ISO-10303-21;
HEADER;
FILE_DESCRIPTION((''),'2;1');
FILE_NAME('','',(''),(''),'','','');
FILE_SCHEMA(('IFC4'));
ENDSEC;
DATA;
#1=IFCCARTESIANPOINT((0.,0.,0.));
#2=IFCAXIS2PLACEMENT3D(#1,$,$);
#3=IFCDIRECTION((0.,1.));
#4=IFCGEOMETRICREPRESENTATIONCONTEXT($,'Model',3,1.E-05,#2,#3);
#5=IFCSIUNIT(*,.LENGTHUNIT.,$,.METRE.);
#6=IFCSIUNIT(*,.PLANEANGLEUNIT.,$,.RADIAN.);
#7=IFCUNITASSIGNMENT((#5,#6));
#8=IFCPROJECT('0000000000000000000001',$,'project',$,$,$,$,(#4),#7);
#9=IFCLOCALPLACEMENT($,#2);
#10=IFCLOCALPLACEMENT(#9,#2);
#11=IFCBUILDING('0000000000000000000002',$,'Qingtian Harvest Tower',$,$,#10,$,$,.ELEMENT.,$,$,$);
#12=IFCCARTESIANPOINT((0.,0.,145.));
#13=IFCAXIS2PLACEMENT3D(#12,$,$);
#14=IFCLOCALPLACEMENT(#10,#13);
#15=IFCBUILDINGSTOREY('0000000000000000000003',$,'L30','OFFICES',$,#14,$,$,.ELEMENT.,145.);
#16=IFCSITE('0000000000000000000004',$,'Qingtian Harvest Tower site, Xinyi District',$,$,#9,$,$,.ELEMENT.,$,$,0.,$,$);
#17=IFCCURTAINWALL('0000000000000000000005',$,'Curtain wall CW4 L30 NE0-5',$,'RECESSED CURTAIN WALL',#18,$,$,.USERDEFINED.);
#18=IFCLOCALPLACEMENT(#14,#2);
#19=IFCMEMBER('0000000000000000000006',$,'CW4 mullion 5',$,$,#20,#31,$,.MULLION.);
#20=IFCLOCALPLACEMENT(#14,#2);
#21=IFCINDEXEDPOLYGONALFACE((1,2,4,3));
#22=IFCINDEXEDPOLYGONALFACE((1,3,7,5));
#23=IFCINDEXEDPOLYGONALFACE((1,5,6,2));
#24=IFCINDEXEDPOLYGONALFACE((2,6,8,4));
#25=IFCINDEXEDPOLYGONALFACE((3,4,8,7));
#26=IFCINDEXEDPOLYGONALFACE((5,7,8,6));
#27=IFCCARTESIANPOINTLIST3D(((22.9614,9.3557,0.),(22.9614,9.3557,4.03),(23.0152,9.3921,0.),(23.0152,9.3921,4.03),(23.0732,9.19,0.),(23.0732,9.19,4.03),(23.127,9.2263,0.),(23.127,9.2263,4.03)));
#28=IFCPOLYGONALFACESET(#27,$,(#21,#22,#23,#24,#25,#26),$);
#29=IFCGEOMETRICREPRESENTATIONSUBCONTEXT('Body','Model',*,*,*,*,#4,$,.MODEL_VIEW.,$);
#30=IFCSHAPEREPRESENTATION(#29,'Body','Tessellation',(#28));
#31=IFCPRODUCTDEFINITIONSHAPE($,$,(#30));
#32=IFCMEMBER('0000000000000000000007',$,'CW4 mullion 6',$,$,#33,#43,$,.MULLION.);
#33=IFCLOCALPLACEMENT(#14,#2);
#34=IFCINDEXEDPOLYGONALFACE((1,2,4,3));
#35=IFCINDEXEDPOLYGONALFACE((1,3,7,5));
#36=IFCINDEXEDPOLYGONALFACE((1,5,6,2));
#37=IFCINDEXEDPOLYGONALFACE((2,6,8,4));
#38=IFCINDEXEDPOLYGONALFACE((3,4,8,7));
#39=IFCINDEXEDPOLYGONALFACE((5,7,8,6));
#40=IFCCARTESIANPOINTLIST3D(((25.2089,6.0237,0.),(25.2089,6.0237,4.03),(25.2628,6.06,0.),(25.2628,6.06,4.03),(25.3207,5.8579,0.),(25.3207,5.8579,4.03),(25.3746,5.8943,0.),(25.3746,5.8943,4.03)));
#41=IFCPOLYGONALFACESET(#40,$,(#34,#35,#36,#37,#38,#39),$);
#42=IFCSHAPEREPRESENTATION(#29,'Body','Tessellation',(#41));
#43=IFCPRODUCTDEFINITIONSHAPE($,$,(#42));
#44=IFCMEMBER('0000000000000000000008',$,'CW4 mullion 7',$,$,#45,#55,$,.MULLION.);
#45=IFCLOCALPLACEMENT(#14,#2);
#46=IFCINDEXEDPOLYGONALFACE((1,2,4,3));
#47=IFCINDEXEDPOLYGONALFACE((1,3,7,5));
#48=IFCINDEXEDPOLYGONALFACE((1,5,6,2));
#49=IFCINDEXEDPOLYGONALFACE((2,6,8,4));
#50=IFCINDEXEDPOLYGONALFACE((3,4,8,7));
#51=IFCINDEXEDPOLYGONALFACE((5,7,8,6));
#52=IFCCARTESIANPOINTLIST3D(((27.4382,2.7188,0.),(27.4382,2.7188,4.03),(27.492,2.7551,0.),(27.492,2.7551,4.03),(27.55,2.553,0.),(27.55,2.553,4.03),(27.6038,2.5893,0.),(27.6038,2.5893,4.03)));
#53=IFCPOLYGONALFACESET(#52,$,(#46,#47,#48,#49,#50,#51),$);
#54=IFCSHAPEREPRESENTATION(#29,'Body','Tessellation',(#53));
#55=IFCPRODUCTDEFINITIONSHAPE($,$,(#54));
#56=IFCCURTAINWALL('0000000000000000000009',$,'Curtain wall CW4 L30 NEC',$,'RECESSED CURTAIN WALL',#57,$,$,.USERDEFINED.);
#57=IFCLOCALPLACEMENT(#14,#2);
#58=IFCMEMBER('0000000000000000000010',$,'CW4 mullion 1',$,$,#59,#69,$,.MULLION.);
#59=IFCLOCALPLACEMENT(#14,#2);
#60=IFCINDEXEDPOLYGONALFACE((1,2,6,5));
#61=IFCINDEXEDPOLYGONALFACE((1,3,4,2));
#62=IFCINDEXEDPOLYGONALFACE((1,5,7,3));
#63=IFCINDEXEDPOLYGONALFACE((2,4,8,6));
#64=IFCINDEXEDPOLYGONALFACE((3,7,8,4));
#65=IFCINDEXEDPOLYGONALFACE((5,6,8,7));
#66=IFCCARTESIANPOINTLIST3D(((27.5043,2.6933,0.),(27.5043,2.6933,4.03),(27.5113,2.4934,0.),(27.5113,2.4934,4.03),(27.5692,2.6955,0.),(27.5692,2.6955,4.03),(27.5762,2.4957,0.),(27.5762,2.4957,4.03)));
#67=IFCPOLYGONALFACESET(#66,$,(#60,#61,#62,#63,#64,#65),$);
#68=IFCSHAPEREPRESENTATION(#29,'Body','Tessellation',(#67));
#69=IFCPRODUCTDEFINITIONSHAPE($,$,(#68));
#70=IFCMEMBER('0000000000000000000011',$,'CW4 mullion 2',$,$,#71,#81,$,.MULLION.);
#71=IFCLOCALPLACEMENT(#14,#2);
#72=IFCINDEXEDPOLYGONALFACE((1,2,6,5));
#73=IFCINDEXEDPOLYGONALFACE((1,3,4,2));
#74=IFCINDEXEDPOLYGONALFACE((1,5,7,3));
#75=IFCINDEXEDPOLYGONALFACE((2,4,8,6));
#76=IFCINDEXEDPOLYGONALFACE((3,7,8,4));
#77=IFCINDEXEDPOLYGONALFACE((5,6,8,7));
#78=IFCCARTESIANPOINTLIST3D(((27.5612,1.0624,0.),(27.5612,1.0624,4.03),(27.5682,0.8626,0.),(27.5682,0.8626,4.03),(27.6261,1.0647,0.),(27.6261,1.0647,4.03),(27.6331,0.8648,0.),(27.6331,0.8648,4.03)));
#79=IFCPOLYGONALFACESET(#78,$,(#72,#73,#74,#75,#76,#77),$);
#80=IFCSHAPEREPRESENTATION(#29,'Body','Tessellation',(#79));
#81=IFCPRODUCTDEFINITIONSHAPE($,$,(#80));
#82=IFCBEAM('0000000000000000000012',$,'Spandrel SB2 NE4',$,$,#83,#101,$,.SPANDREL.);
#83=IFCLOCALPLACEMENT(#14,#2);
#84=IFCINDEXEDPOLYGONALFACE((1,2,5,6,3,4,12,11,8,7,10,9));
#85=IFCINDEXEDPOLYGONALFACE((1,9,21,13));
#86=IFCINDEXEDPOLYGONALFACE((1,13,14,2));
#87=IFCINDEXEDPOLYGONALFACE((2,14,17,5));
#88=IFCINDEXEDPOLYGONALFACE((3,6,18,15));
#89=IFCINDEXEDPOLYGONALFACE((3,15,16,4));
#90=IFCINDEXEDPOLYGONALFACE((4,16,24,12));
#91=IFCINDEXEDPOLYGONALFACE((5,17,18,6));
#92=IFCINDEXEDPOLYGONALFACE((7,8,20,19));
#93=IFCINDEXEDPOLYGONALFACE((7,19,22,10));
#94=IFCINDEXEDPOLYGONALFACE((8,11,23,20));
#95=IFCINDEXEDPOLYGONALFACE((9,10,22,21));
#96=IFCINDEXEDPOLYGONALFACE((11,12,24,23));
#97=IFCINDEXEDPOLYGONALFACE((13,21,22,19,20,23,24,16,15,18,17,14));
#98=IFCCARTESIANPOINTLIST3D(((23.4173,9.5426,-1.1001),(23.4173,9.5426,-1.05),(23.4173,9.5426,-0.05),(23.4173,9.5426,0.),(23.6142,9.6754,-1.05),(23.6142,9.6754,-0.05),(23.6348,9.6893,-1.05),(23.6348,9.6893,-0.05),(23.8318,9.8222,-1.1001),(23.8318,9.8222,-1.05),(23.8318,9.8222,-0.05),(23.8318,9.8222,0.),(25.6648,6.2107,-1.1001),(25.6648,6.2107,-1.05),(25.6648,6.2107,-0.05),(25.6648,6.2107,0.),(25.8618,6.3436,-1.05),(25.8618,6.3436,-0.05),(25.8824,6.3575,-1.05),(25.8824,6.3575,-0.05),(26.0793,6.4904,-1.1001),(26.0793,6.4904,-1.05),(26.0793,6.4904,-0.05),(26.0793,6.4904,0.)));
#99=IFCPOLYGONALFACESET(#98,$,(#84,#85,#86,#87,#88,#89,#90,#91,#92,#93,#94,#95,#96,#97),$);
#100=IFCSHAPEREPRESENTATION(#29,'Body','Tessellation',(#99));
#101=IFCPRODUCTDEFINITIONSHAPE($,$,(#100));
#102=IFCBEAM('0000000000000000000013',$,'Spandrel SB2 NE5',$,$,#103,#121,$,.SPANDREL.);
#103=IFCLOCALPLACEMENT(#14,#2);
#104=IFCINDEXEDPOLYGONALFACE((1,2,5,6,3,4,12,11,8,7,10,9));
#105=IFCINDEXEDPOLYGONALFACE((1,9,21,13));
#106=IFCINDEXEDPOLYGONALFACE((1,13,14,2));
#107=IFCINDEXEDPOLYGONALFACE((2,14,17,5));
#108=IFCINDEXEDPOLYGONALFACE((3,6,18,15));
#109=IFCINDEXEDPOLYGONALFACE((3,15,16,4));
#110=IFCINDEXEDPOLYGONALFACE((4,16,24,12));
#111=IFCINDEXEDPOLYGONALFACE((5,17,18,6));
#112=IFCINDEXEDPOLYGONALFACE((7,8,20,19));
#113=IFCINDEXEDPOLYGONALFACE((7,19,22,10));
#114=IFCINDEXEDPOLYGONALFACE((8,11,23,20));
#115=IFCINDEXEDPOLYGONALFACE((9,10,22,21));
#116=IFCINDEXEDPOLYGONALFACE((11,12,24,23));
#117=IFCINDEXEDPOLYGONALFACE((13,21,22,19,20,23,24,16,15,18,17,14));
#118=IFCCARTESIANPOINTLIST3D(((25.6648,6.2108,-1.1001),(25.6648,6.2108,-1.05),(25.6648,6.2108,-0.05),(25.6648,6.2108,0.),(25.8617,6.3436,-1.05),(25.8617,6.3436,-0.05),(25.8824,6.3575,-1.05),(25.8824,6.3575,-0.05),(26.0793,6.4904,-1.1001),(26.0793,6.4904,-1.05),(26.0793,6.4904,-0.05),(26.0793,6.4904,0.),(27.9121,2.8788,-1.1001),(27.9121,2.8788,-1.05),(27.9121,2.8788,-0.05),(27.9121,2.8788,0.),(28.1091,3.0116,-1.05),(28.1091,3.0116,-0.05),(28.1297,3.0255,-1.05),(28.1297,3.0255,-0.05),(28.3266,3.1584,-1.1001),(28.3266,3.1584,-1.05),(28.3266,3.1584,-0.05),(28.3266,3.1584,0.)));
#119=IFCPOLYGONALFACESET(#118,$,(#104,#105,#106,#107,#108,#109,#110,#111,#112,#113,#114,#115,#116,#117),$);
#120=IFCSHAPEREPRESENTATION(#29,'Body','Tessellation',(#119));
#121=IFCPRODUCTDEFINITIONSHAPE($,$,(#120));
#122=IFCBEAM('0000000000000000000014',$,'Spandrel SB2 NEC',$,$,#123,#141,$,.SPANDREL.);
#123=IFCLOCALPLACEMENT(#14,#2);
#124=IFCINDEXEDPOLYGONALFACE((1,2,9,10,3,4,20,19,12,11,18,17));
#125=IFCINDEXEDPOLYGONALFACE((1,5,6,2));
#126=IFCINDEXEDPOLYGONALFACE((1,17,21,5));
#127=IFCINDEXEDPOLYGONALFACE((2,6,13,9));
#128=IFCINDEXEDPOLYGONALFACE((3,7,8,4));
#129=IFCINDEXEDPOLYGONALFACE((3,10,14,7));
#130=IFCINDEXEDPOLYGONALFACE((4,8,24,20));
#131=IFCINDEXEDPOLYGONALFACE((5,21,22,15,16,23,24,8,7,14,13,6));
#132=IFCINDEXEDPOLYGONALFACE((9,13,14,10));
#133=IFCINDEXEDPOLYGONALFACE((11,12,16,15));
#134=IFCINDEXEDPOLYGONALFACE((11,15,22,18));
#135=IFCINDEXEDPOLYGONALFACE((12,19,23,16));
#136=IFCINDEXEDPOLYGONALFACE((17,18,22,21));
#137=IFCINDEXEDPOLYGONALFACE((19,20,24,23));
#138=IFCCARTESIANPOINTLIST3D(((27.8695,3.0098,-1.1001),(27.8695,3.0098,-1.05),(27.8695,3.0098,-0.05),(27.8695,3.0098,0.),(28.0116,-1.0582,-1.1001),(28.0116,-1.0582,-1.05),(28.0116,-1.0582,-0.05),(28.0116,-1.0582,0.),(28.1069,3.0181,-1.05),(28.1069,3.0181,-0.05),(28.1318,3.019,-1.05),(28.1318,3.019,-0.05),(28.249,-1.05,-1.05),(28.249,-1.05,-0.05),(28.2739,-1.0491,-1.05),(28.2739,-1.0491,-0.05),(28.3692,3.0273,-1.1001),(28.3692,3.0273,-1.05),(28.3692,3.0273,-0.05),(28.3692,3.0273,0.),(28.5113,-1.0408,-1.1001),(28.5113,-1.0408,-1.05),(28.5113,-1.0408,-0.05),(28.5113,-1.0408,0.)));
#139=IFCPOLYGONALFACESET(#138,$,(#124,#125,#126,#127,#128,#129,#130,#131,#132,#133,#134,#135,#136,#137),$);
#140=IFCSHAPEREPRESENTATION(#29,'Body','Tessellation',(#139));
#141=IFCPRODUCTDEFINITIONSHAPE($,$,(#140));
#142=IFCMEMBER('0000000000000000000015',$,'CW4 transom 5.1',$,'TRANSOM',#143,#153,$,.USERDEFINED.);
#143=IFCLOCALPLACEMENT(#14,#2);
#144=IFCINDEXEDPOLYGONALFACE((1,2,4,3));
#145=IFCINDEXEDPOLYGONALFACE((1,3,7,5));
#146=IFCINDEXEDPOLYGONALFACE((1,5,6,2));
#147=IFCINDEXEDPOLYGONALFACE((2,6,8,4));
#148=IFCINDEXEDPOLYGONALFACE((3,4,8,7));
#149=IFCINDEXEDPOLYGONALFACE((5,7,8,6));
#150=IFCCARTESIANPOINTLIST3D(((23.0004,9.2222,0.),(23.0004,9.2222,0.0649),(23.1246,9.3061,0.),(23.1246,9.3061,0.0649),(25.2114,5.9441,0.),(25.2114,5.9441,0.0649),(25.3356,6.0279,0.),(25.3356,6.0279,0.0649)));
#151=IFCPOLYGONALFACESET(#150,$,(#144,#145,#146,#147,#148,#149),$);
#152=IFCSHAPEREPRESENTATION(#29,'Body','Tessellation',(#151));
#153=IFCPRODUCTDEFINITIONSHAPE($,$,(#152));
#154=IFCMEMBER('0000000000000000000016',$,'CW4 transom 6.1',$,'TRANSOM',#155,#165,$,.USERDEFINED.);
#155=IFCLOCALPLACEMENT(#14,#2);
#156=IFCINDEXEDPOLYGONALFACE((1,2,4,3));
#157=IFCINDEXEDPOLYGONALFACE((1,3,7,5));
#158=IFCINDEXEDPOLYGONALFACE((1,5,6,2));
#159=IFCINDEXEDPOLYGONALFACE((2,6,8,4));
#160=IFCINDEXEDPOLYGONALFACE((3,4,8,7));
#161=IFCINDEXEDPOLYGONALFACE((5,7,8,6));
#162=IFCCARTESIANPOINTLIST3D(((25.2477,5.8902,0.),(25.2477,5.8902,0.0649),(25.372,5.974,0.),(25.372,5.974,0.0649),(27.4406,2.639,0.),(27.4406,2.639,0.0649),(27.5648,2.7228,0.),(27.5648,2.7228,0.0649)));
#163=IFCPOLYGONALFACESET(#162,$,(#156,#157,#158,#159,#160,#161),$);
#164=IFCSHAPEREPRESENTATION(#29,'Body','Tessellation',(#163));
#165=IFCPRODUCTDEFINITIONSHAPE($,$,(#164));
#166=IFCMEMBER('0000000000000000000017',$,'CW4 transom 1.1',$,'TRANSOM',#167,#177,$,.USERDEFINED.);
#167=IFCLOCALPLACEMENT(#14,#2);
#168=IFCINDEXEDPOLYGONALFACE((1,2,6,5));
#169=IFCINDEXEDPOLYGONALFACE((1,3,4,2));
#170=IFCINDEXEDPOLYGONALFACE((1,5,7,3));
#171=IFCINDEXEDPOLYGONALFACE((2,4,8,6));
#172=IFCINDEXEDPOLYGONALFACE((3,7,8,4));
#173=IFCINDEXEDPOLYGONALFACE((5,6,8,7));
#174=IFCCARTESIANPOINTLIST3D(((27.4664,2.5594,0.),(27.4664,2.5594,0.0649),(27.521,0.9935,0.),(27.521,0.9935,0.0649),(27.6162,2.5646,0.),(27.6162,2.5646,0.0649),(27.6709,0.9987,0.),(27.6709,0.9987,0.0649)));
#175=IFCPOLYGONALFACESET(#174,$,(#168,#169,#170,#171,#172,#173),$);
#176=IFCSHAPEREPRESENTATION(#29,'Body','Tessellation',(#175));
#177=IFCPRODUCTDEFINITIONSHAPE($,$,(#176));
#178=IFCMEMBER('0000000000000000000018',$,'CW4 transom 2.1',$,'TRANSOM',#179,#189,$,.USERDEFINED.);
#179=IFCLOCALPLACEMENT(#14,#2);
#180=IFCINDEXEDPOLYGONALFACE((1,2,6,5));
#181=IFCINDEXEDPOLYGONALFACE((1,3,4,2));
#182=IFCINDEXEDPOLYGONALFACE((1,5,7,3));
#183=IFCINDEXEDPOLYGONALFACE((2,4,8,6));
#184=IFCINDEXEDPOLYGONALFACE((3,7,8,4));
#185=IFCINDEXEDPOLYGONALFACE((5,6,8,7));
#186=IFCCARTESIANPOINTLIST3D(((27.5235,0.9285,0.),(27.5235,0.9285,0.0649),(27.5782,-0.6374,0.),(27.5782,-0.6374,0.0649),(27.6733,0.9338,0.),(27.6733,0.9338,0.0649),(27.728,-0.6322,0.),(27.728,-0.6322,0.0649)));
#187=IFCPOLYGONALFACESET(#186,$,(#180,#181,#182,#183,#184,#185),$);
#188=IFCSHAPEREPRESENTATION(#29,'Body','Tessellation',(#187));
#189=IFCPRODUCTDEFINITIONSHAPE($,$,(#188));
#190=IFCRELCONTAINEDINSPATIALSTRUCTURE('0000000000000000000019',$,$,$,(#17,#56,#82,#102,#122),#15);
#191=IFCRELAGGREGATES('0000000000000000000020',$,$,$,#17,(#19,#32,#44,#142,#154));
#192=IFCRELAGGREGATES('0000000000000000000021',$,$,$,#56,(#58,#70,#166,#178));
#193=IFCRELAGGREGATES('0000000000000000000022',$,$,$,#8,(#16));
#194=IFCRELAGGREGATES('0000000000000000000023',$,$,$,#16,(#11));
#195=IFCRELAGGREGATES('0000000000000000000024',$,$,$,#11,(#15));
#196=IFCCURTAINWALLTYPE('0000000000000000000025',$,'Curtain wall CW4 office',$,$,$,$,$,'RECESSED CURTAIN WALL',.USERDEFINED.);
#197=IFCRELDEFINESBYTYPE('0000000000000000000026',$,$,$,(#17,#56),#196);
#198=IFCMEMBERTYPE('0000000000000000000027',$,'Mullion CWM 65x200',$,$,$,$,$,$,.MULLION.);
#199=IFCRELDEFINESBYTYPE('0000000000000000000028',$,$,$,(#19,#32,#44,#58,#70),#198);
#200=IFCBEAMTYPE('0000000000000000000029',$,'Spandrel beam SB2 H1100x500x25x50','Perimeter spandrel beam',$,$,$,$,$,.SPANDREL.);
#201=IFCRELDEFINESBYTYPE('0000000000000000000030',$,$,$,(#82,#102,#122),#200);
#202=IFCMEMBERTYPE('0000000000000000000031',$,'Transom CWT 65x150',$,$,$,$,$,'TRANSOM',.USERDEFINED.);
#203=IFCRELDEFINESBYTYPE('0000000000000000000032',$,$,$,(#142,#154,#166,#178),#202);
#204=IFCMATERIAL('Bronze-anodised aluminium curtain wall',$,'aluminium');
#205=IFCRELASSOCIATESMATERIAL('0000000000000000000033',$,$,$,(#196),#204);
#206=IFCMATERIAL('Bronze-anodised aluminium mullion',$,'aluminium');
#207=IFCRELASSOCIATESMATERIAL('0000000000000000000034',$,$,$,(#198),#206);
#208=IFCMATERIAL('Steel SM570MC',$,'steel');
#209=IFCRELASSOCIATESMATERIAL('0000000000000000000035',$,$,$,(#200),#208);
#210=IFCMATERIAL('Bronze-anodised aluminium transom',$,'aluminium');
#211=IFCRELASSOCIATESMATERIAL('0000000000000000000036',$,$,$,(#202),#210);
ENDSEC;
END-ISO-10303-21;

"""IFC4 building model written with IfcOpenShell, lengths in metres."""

from ifc_helpers import new_model, si_unit, direction, frame, origin, origin_2d, place, context, subcontext, project, spatial, rectangle, i_section, extrude, material, material_profile, profile_set, type_object, element, aggregate, save


model = new_model("IFC4")

# Units and contexts
model_context = context("Model", 3, precision=1e-05, world=origin(), true_north=direction((0.0, 1.0)))
body_context = subcontext(model_context, "Body", "Model", "MODEL_VIEW")
ifc_project = project(units=[si_unit("LENGTHUNIT", "METRE"), si_unit("PLANEANGLEUNIT", "RADIAN")], contexts=[model_context])

# Site, building, storey
site_placement = place(None, origin())
site = spatial("IfcSite", under=ifc_project, at=site_placement, Name="Qingtian Harvest Tower site, Xinyi District", CompositionType="ELEMENT", RefElevation=0.0)
building_placement = place(site_placement, origin())
building = spatial("IfcBuilding", under=site, at=building_placement, Name="Qingtian Harvest Tower", CompositionType="ELEMENT")
storey_placement = place(building_placement, frame((0.0, 0.0, 145.0)))
storey = spatial("IfcBuildingStorey", under=building, at=storey_placement, Name="L30", Description="OFFICES", CompositionType="ELEMENT", Elevation=145.0)

# Curtain walls, members
ifc_material_1 = material(Name="Bronze-anodised aluminium curtain wall", Category="aluminium")
curtain_wall_type = type_object("IfcCurtainWallType", Name="Curtain wall CW4 office", ElementType="RECESSED CURTAIN WALL", PredefinedType="USERDEFINED", material=ifc_material_1)
curtain_wall_1_placement = place(storey_placement, origin())
curtain_wall_1 = element("IfcCurtainWall", 1, at=curtain_wall_1_placement, inside=storey, type_object=curtain_wall_type, Name="Curtain wall CW4 L30 NE0-5", ObjectType="RECESSED CURTAIN WALL", PredefinedType="USERDEFINED")
ifc_material_2 = material(Name="Bronze-anodised aluminium mullion", Category="aluminium")
ifc_material_profile_1 = material_profile(ifc_material_2, rectangle(XDim=0.0649, YDim=0.2, at=origin_2d()), Name="AL 65x200")
ifc_profile_set_1 = profile_set([ifc_material_profile_1], Name="Bronze-anodised aluminium mullion")
member_type_1 = type_object("IfcMemberType", Name="Mullion CWM 65x200", PredefinedType="MULLION", material=ifc_profile_set_1)
member_1_placement = place(storey_placement, frame((23.0442, 9.291, 0.0), z_axis=(0.0, 0.0, 1.0), x_axis=(0.829038, 0.559193, 0.0)))
member_1 = element("IfcMember", 2, at=member_1_placement, type_object=member_type_1, Name="CW4 mullion 5", PredefinedType="MULLION", context=body_context, shape_type="SweptSolid", body=[
    extrude(rectangle(XDim=0.0649, YDim=0.2, at=origin_2d()), origin(), (0.0, 0.0, 1.0), 4.03),
])
member_2_placement = place(storey_placement, frame((25.2917, 5.959, 0.0), z_axis=(0.0, 0.0, 1.0), x_axis=(0.829038, 0.559193, 0.0)))
member_2 = element("IfcMember", 3, at=member_2_placement, type_object=member_type_1, Name="CW4 mullion 6", PredefinedType="MULLION", context=body_context, shape_type="SweptSolid", body=[
    extrude(rectangle(XDim=0.0649, YDim=0.2, at=origin_2d()), origin(), (0.0, 0.0, 1.0), 4.03),
])
member_3_placement = place(storey_placement, frame((27.521, 2.6541, 0.0), z_axis=(0.0, 0.0, 1.0), x_axis=(0.829038, 0.559193, 0.0)))
member_3 = element("IfcMember", 4, at=member_3_placement, type_object=member_type_1, Name="CW4 mullion 7", PredefinedType="MULLION", context=body_context, shape_type="SweptSolid", body=[
    extrude(rectangle(XDim=0.0649, YDim=0.2, at=origin_2d()), origin(), (0.0, 0.0, 1.0), 4.03),
])
curtain_wall_2_placement = place(storey_placement, origin())
curtain_wall_2 = element("IfcCurtainWall", 5, at=curtain_wall_2_placement, inside=storey, type_object=curtain_wall_type, Name="Curtain wall CW4 L30 NEC", ObjectType="RECESSED CURTAIN WALL", PredefinedType="USERDEFINED")
member_4_placement = place(storey_placement, frame((27.5403, 2.5945, 0.0), z_axis=(0.0, 0.0, 1.0), x_axis=(0.999391, 0.034899, 0.0)))
member_4 = element("IfcMember", 6, at=member_4_placement, type_object=member_type_1, Name="CW4 mullion 1", PredefinedType="MULLION", context=body_context, shape_type="SweptSolid", body=[
    extrude(rectangle(XDim=0.0649, YDim=0.2, at=origin_2d()), origin(), (0.0, 0.0, 1.0), 4.03),
])
member_5_placement = place(storey_placement, frame((27.5972, 0.9636, 0.0), z_axis=(0.0, 0.0, 1.0), x_axis=(0.999391, 0.034899, 0.0)))
member_5 = element("IfcMember", 7, at=member_5_placement, type_object=member_type_1, Name="CW4 mullion 2", PredefinedType="MULLION", context=body_context, shape_type="SweptSolid", body=[
    extrude(rectangle(XDim=0.0649, YDim=0.2, at=origin_2d()), origin(), (0.0, 0.0, 1.0), 4.03),
])

# Beams
ifc_material_3 = material(Name="Steel SM570MC", Category="steel")
ifc_material_profile_2 = material_profile(ifc_material_3, i_section(OverallWidth=0.5, OverallDepth=1.1001, WebThickness=0.0249, FlangeThickness=0.05, at=origin_2d()), Name="H1100x500x25x50")
ifc_profile_set_2 = profile_set([ifc_material_profile_2], Name="Steel SM570MC")
beam_type_1 = type_object("IfcBeamType", Name="Spandrel beam SB2 H1100x500x25x50", Description="Perimeter spandrel beam", PredefinedType="SPANDREL", material=ifc_profile_set_2)
for number, where, z_axis, x_axis, name in (
    (8, (23.6245, 9.6824, -0.55), (0.559234, -0.82901, 0.0), (0.82901, 0.559234, 0.0), "Spandrel SB2 NE4"),
    (9, (25.8721, 6.3506, -0.55), (0.559164, -0.829057, 0.0), (0.829057, 0.559164, 0.0), "Spandrel SB2 NE5"),
):
    element("IfcBeam", number, at=place(storey_placement, frame(where, z_axis=z_axis, x_axis=x_axis)), inside=storey, type_object=beam_type_1, Name=name, PredefinedType="SPANDREL", context=body_context, shape_type="SweptSolid", body=[
        extrude(i_section(OverallWidth=0.5, OverallDepth=1.1001, WebThickness=0.0249, FlangeThickness=0.05, at=origin_2d()), origin(), (0.0, 0.0, 1.0), 4.019),
    ])
beam_1_placement = place(storey_placement, frame((28.1194, 3.0186, -0.55), z_axis=(0.034906, -0.999391, 0.0), x_axis=(0.999391, 0.034906, 0.0)))
element("IfcBeam", 10, at=beam_1_placement, inside=storey, type_object=beam_type_1, Name="Spandrel SB2 NEC", PredefinedType="SPANDREL", context=body_context, shape_type="SweptSolid", body=[
    extrude(i_section(OverallWidth=0.5, OverallDepth=1.1001, WebThickness=0.0249, FlangeThickness=0.05, at=origin_2d()), origin(), (0.0, 0.0, 1.0), 4.0706),
])

# Members
ifc_material_4 = material(Name="Bronze-anodised aluminium transom", Category="aluminium")
ifc_material_profile_3 = material_profile(ifc_material_4, rectangle(XDim=0.1499, YDim=0.0649, at=origin_2d()), Name="AL 65x150")
ifc_profile_set_3 = profile_set([ifc_material_profile_3], Name="Bronze-anodised aluminium transom")
member_type_2 = type_object("IfcMemberType", Name="Transom CWT 65x150", ElementType="TRANSOM", PredefinedType="USERDEFINED", material=ifc_profile_set_3)
member_6_placement = place(storey_placement, frame((23.0625, 9.2642, 0.0325), z_axis=(0.559166, -0.829055, 0.0), x_axis=(0.829055, 0.559166, 0.0)))
member_6 = element("IfcMember", 11, at=member_6_placement, type_object=member_type_2, Name="CW4 transom 5.1", ObjectType="TRANSOM", PredefinedType="USERDEFINED", context=body_context, shape_type="SweptSolid", body=[
    extrude(rectangle(XDim=0.1499, YDim=0.0649, at=origin_2d()), origin(), (0.0, 0.0, 1.0), 3.9541),
])
member_7_placement = place(storey_placement, frame((25.3098, 5.9321, 0.0325), z_axis=(0.559175, -0.82905, 0.0), x_axis=(0.82905, 0.559175, 0.0)))
member_7 = element("IfcMember", 12, at=member_7_placement, type_object=member_type_2, Name="CW4 transom 6.1", ObjectType="TRANSOM", PredefinedType="USERDEFINED", context=body_context, shape_type="SweptSolid", body=[
    extrude(rectangle(XDim=0.1499, YDim=0.0649, at=origin_2d()), origin(), (0.0, 0.0, 1.0), 3.9216),
])
member_8_placement = place(storey_placement, frame((27.5413, 2.562, 0.0325), z_axis=(0.034902, -0.999391, 0.0), x_axis=(0.999391, 0.034902, 0.0)))
member_8 = element("IfcMember", 13, at=member_8_placement, type_object=member_type_2, Name="CW4 transom 1.1", ObjectType="TRANSOM", PredefinedType="USERDEFINED", context=body_context, shape_type="SweptSolid", body=[
    extrude(rectangle(XDim=0.1499, YDim=0.0649, at=origin_2d()), origin(), (0.0, 0.0, 1.0), 1.5669),
])
member_9_placement = place(storey_placement, frame((27.5984, 0.9312, 0.0325), z_axis=(0.034902, -0.999391, 0.0), x_axis=(0.999391, 0.034902, 0.0)))
member_9 = element("IfcMember", 14, at=member_9_placement, type_object=member_type_2, Name="CW4 transom 2.1", ObjectType="TRANSOM", PredefinedType="USERDEFINED", context=body_context, shape_type="SweptSolid", body=[
    extrude(rectangle(XDim=0.1499, YDim=0.0649, at=origin_2d()), origin(), (0.0, 0.0, 1.0), 1.5669),
])

aggregate(curtain_wall_1, [member_1, member_2, member_3, member_6, member_7])
aggregate(curtain_wall_2, [member_4, member_5, member_8, member_9])

save(model, "model.ifc")
